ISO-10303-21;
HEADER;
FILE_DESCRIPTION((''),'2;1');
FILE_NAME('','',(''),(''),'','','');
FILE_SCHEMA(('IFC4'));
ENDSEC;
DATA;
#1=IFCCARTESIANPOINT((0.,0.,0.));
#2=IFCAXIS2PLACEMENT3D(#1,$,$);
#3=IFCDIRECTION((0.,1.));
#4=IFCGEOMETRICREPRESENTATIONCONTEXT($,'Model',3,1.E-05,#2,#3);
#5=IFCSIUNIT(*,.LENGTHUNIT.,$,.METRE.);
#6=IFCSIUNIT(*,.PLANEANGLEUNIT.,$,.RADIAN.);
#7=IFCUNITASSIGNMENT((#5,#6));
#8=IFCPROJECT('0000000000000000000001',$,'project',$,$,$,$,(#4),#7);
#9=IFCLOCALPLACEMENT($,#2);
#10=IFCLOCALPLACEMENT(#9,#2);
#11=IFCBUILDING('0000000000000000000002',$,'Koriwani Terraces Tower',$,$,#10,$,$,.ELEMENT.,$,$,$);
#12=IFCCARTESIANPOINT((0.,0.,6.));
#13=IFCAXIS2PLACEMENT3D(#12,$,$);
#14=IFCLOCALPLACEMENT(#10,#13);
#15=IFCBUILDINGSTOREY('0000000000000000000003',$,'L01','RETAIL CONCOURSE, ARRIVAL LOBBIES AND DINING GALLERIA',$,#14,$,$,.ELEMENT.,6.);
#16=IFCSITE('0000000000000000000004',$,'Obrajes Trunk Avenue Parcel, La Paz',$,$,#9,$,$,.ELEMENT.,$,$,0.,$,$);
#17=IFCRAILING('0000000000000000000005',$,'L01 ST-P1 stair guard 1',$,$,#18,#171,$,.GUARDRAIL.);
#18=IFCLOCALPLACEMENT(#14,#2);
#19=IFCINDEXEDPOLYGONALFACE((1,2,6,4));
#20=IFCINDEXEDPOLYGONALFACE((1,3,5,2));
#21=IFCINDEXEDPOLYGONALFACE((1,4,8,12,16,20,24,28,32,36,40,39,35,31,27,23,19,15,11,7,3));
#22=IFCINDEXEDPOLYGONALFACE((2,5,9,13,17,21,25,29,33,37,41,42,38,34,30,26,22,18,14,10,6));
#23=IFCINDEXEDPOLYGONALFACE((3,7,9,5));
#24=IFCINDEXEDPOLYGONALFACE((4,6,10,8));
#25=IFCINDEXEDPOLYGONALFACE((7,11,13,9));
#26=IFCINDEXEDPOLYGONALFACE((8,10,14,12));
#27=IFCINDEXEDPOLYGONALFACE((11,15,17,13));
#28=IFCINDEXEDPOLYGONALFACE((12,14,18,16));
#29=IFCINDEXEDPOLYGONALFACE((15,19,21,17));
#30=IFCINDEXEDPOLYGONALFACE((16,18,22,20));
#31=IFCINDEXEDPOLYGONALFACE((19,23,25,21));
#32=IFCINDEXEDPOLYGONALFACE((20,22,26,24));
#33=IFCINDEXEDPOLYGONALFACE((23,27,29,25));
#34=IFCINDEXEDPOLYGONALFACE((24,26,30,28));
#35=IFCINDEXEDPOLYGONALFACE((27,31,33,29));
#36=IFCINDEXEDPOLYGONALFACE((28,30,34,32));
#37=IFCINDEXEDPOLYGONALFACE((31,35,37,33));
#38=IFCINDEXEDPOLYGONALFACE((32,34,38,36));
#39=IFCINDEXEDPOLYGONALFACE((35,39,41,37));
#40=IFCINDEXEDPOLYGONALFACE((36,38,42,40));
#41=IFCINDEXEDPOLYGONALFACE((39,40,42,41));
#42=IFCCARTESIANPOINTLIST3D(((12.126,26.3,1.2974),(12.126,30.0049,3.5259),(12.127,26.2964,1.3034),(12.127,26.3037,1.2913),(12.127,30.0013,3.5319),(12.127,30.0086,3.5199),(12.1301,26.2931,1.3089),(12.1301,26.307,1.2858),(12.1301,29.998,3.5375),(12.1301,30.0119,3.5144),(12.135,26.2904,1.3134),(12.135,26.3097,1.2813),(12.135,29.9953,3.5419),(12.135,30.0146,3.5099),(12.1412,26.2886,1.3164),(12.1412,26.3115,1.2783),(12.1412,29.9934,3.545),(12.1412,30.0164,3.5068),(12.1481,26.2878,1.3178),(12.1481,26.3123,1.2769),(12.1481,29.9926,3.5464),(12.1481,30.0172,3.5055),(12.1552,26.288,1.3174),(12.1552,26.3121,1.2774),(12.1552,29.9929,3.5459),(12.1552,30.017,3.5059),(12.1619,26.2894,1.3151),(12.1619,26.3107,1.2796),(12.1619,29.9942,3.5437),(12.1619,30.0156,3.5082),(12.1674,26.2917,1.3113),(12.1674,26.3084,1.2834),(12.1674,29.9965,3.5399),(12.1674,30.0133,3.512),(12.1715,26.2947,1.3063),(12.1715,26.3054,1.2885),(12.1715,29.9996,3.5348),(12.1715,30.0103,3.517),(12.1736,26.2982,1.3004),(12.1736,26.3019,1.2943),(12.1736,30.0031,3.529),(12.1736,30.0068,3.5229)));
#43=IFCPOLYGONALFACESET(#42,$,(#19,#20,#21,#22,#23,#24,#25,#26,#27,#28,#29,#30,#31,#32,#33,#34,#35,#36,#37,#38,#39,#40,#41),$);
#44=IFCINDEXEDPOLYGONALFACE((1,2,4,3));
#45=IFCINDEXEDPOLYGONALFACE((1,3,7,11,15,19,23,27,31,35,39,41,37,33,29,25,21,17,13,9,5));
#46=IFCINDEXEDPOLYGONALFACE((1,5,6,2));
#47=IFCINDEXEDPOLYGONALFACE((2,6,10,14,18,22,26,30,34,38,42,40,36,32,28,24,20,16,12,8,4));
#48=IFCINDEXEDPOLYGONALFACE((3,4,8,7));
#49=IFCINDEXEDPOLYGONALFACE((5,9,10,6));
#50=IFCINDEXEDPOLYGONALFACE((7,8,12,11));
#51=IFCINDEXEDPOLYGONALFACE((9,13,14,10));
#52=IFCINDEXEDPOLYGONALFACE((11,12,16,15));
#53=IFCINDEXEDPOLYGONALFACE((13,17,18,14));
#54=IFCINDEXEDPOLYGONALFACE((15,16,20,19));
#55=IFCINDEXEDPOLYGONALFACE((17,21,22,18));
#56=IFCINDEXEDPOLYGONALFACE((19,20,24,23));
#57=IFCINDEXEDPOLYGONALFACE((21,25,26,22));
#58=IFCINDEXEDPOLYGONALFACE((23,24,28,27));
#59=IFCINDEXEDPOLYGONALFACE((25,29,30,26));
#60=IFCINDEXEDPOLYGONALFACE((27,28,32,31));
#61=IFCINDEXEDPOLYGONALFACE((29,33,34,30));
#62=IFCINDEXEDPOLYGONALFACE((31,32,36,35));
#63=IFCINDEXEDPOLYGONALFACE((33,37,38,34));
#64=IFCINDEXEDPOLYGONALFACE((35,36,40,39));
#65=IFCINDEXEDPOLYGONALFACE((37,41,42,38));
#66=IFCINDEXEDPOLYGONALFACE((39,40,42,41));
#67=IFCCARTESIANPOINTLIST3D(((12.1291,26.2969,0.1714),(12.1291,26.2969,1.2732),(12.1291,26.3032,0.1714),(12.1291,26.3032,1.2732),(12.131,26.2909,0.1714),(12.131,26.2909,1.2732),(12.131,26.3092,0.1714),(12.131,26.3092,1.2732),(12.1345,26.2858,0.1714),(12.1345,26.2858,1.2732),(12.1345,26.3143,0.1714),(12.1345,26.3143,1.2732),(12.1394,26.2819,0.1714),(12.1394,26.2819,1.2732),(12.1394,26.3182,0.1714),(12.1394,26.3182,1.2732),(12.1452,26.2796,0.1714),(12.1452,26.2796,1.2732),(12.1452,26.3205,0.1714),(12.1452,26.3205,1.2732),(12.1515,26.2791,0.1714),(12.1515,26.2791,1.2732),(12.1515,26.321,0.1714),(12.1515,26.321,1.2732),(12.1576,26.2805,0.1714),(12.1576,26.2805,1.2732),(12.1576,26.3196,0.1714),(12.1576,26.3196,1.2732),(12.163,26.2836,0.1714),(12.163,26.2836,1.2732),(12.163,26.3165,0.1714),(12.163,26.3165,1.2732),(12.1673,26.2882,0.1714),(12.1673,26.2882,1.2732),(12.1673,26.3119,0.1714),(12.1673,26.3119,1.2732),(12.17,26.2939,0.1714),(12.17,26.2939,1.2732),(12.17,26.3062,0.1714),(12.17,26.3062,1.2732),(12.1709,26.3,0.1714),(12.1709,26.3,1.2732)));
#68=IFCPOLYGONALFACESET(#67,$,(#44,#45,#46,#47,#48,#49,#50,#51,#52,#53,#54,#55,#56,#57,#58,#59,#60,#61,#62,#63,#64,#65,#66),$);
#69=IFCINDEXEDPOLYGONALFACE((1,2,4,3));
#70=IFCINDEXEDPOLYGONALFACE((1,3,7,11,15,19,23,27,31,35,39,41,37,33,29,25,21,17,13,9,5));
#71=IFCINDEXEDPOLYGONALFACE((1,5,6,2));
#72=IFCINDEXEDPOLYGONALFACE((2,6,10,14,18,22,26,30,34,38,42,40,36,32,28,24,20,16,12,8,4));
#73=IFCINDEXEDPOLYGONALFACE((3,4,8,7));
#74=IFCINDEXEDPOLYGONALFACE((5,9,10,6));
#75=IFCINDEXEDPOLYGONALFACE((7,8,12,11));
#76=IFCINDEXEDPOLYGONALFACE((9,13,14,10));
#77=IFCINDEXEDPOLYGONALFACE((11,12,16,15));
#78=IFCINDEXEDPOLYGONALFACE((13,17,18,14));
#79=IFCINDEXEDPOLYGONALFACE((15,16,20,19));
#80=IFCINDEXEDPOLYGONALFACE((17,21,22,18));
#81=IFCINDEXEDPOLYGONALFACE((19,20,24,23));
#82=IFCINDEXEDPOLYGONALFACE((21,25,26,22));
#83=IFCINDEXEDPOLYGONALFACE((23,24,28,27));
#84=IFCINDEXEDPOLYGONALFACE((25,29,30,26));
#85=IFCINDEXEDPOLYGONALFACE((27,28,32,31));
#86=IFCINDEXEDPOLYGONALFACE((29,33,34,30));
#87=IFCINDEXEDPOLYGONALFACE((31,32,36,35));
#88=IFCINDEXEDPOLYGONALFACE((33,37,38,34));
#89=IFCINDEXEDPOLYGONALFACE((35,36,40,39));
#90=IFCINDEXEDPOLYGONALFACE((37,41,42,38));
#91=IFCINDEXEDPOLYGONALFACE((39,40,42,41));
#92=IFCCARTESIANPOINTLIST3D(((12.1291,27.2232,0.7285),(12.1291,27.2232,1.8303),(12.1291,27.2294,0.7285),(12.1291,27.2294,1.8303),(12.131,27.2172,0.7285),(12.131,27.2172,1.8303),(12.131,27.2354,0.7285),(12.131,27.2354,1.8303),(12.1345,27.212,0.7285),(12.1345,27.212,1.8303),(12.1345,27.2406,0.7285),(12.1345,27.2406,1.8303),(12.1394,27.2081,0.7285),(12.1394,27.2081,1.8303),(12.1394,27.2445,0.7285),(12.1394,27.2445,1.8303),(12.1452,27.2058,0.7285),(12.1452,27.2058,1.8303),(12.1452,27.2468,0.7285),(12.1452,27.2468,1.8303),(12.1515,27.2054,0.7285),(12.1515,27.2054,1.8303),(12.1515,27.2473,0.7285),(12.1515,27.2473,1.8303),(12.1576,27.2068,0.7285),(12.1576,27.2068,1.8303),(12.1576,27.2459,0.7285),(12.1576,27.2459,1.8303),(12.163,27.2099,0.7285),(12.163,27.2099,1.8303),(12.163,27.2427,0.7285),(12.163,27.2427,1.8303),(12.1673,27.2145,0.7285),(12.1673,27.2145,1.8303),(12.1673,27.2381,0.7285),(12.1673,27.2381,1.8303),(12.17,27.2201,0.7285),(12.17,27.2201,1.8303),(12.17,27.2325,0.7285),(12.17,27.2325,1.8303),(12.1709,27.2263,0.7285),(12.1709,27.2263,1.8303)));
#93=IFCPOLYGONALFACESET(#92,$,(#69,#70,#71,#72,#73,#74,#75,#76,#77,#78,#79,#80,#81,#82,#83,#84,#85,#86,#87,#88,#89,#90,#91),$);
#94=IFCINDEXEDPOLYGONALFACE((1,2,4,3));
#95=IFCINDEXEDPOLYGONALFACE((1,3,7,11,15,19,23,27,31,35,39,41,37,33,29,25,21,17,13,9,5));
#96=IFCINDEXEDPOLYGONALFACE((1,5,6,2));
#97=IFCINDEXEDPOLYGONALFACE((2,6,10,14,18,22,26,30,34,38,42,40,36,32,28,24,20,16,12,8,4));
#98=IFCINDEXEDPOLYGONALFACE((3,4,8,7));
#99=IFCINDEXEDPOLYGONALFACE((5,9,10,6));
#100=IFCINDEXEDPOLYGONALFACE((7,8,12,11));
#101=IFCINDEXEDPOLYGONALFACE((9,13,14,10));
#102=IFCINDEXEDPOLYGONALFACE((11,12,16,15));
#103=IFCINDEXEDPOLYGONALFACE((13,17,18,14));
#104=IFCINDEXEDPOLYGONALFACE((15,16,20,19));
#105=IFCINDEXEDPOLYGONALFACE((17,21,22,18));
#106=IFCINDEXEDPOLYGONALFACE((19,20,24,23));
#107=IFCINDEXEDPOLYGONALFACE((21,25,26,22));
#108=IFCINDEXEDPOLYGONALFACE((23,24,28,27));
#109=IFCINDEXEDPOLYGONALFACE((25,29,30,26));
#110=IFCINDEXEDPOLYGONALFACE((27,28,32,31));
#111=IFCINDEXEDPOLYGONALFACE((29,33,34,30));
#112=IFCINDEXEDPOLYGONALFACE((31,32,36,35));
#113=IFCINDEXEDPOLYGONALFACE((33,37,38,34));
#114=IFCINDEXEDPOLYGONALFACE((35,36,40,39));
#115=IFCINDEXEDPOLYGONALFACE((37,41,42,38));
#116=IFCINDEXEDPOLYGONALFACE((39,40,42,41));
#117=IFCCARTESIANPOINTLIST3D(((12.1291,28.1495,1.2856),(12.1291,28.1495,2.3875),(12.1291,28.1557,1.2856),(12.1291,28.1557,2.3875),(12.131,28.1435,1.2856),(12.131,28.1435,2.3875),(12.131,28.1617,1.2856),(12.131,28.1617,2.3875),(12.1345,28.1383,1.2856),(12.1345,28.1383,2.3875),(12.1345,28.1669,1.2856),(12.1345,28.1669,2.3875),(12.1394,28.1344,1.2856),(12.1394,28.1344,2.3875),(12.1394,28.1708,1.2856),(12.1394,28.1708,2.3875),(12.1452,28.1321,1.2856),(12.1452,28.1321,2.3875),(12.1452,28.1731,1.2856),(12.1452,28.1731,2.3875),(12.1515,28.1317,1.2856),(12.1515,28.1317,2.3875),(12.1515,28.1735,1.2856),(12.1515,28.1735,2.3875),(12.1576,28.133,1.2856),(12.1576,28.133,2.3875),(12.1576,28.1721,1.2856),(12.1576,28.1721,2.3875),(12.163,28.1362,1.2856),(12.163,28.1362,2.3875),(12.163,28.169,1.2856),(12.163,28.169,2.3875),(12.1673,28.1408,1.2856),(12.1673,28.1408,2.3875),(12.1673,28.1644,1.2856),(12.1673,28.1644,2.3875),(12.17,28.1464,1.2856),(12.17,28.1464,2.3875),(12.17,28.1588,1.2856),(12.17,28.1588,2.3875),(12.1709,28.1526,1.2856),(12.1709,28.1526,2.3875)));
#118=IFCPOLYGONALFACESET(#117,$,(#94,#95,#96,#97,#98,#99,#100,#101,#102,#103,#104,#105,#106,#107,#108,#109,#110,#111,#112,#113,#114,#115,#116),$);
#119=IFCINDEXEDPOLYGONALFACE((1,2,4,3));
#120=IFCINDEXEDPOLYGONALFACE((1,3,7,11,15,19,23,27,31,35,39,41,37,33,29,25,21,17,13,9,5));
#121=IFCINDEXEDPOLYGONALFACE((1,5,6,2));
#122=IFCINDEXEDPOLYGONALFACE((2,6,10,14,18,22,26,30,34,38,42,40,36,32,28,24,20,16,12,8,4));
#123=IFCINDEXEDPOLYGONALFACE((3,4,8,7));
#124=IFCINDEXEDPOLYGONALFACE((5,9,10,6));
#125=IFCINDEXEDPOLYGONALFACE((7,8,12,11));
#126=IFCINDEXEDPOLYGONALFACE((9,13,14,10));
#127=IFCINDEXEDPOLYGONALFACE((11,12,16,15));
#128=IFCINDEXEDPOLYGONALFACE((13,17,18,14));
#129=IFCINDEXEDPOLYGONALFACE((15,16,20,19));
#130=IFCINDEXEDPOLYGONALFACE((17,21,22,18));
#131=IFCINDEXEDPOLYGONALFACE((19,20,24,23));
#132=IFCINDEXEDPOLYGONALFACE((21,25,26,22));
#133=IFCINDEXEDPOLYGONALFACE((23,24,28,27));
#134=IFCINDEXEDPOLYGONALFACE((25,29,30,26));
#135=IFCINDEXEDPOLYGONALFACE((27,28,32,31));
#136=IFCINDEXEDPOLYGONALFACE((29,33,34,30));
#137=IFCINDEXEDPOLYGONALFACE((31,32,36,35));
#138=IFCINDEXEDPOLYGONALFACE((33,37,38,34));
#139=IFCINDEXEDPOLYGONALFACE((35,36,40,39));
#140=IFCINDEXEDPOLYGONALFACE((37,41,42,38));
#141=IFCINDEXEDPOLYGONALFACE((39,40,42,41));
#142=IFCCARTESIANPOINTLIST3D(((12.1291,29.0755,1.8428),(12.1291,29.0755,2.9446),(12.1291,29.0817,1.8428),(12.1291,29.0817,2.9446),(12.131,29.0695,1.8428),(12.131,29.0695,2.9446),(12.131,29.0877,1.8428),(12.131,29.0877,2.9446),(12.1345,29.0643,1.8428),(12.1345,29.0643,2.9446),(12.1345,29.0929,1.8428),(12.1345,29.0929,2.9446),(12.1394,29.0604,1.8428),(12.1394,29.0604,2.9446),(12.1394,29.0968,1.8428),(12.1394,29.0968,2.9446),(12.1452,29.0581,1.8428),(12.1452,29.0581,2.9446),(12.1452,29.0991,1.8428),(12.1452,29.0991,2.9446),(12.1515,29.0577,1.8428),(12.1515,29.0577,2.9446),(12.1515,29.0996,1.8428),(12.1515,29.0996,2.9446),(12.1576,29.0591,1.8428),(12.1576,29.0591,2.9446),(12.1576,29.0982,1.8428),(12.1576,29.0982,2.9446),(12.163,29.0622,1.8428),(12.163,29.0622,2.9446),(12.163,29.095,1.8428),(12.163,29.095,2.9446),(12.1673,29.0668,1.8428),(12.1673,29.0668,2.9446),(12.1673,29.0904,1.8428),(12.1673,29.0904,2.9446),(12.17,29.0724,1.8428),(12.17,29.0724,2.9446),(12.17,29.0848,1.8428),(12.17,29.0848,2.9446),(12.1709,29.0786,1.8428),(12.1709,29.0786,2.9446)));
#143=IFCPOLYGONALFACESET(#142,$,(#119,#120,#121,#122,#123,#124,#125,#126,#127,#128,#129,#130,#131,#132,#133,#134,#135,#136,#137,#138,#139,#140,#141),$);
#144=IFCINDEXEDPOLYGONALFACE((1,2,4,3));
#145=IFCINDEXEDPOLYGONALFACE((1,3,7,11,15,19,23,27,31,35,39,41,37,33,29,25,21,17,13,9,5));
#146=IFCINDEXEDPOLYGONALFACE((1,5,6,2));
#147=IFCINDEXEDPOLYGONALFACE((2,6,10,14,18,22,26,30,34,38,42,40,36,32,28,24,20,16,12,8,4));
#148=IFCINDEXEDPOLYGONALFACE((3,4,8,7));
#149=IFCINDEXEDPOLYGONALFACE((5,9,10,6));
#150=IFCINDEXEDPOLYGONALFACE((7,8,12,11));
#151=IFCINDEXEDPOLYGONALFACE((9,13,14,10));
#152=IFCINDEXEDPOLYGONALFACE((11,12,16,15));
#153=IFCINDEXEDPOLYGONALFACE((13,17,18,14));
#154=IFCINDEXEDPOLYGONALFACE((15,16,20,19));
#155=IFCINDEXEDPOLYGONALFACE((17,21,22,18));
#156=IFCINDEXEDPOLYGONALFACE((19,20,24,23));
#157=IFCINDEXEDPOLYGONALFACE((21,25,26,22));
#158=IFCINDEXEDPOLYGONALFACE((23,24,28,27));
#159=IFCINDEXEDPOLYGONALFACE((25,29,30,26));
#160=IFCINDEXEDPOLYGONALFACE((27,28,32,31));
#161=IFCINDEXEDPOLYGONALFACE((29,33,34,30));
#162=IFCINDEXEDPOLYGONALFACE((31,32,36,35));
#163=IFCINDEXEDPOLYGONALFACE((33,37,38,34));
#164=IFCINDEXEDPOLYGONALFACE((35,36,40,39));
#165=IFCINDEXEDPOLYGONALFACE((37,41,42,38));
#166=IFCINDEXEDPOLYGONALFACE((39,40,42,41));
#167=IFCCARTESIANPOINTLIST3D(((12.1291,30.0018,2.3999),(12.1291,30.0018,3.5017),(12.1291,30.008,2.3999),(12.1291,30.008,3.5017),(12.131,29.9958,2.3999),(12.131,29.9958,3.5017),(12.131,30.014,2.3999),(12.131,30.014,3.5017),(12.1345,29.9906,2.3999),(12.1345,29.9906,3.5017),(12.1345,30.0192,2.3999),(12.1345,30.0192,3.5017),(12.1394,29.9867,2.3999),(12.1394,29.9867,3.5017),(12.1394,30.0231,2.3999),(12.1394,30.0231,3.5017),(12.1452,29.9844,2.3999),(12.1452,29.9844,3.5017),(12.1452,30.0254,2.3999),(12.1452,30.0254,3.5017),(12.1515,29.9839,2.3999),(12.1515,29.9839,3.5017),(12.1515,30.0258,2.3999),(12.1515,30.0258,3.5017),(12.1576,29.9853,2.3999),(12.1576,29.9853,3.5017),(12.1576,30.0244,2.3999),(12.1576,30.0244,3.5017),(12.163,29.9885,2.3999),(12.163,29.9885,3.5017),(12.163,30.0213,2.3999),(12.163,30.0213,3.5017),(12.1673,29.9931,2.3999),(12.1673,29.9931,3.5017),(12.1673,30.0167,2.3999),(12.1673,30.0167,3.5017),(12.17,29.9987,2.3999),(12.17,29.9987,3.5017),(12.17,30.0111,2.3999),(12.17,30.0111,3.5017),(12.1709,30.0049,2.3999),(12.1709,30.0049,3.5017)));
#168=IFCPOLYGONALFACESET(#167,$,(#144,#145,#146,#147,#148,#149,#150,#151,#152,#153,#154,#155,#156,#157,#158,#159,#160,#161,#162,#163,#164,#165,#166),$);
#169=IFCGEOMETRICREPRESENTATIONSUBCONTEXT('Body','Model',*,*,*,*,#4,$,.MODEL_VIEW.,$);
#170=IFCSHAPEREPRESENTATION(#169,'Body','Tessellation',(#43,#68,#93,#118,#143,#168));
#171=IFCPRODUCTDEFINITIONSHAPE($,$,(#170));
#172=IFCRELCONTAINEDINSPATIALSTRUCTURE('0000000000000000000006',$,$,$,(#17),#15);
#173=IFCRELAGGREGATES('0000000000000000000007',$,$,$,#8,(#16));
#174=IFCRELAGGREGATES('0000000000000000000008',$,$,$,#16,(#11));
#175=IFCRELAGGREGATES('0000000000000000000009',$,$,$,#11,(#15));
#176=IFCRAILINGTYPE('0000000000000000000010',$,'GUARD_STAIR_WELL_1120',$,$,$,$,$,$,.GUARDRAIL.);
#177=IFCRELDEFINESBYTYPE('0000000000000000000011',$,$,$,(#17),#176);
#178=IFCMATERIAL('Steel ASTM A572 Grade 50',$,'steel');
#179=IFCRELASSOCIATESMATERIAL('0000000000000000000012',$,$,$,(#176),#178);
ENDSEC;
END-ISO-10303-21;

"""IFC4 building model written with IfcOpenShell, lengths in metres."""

from ifc_helpers import new_model, si_unit, direction, frame, origin, origin_2d, place, context, subcontext, project, spatial, circle, extrude, material, type_object, element, save


model = new_model("IFC4")

# Units and contexts
model_context = context("Model", 3, precision=1e-05, world=origin(), true_north=direction((0.0, 1.0)))
body_context = subcontext(model_context, "Body", "Model", "MODEL_VIEW")
ifc_project = project(units=[si_unit("LENGTHUNIT", "METRE"), si_unit("PLANEANGLEUNIT", "RADIAN")], contexts=[model_context])

# Site, building, storey
site_placement = place(None, origin())
site = spatial("IfcSite", under=ifc_project, at=site_placement, Name="Obrajes Trunk Avenue Parcel, La Paz", CompositionType="ELEMENT", RefElevation=0.0)
building_placement = place(site_placement, origin())
building = spatial("IfcBuilding", under=site, at=building_placement, Name="Koriwani Terraces Tower", CompositionType="ELEMENT")
storey_placement = place(building_placement, frame((0.0, 0.0, 6.0)))
storey = spatial("IfcBuildingStorey", under=building, at=storey_placement, Name="L01", Description="RETAIL CONCOURSE, ARRIVAL LOBBIES AND DINING GALLERIA", CompositionType="ELEMENT", Elevation=6.0)

# Shared definitions
ifc_material_1 = material(Name="Steel ASTM A572 Grade 50", Category="steel")

# Railing
railing_type_1 = type_object("IfcRailingType", Name="GUARD_STAIR_WELL_1120", PredefinedType="GUARDRAIL", material=ifc_material_1)
railing_1_placement = place(storey_placement, frame((12.1499, 26.3, 0.1714)))
element("IfcRailing", 1, at=railing_1_placement, inside=storey, type_object=railing_type_1, Name="L01 ST-P1 stair guard 1", PredefinedType="GUARDRAIL", context=body_context, shape_type="SweptSolid", body=[
    extrude(circle(Radius=0.0239, at=origin_2d()), frame((0.0, 0.0, 1.126), z_axis=(0.0, 0.856919, 0.51545), x_axis=(-1.0, 0.0, 0.0)), (0.0, 0.0, 1.0), 4.3235),
    extrude(circle(Radius=0.021, at=origin_2d()), origin(), (0.0, 0.0, 1.0), 1.1018),
    extrude(circle(Radius=0.021, at=origin_2d()), frame((0.0, 0.9263, 0.5571)), (0.0, 0.0, 1.0), 1.1018),
    extrude(circle(Radius=0.021, at=origin_2d()), frame((0.0, 1.8525, 1.1143)), (0.0, 0.0, 1.0), 1.1018),
    extrude(circle(Radius=0.021, at=origin_2d()), frame((0.0, 2.7786, 1.6714)), (0.0, 0.0, 1.0), 1.1018),
    extrude(circle(Radius=0.021, at=origin_2d()), frame((0.0, 3.7048, 2.2285)), (0.0, 0.0, 1.0), 1.1018),
])

save(model, "model.ifc")
